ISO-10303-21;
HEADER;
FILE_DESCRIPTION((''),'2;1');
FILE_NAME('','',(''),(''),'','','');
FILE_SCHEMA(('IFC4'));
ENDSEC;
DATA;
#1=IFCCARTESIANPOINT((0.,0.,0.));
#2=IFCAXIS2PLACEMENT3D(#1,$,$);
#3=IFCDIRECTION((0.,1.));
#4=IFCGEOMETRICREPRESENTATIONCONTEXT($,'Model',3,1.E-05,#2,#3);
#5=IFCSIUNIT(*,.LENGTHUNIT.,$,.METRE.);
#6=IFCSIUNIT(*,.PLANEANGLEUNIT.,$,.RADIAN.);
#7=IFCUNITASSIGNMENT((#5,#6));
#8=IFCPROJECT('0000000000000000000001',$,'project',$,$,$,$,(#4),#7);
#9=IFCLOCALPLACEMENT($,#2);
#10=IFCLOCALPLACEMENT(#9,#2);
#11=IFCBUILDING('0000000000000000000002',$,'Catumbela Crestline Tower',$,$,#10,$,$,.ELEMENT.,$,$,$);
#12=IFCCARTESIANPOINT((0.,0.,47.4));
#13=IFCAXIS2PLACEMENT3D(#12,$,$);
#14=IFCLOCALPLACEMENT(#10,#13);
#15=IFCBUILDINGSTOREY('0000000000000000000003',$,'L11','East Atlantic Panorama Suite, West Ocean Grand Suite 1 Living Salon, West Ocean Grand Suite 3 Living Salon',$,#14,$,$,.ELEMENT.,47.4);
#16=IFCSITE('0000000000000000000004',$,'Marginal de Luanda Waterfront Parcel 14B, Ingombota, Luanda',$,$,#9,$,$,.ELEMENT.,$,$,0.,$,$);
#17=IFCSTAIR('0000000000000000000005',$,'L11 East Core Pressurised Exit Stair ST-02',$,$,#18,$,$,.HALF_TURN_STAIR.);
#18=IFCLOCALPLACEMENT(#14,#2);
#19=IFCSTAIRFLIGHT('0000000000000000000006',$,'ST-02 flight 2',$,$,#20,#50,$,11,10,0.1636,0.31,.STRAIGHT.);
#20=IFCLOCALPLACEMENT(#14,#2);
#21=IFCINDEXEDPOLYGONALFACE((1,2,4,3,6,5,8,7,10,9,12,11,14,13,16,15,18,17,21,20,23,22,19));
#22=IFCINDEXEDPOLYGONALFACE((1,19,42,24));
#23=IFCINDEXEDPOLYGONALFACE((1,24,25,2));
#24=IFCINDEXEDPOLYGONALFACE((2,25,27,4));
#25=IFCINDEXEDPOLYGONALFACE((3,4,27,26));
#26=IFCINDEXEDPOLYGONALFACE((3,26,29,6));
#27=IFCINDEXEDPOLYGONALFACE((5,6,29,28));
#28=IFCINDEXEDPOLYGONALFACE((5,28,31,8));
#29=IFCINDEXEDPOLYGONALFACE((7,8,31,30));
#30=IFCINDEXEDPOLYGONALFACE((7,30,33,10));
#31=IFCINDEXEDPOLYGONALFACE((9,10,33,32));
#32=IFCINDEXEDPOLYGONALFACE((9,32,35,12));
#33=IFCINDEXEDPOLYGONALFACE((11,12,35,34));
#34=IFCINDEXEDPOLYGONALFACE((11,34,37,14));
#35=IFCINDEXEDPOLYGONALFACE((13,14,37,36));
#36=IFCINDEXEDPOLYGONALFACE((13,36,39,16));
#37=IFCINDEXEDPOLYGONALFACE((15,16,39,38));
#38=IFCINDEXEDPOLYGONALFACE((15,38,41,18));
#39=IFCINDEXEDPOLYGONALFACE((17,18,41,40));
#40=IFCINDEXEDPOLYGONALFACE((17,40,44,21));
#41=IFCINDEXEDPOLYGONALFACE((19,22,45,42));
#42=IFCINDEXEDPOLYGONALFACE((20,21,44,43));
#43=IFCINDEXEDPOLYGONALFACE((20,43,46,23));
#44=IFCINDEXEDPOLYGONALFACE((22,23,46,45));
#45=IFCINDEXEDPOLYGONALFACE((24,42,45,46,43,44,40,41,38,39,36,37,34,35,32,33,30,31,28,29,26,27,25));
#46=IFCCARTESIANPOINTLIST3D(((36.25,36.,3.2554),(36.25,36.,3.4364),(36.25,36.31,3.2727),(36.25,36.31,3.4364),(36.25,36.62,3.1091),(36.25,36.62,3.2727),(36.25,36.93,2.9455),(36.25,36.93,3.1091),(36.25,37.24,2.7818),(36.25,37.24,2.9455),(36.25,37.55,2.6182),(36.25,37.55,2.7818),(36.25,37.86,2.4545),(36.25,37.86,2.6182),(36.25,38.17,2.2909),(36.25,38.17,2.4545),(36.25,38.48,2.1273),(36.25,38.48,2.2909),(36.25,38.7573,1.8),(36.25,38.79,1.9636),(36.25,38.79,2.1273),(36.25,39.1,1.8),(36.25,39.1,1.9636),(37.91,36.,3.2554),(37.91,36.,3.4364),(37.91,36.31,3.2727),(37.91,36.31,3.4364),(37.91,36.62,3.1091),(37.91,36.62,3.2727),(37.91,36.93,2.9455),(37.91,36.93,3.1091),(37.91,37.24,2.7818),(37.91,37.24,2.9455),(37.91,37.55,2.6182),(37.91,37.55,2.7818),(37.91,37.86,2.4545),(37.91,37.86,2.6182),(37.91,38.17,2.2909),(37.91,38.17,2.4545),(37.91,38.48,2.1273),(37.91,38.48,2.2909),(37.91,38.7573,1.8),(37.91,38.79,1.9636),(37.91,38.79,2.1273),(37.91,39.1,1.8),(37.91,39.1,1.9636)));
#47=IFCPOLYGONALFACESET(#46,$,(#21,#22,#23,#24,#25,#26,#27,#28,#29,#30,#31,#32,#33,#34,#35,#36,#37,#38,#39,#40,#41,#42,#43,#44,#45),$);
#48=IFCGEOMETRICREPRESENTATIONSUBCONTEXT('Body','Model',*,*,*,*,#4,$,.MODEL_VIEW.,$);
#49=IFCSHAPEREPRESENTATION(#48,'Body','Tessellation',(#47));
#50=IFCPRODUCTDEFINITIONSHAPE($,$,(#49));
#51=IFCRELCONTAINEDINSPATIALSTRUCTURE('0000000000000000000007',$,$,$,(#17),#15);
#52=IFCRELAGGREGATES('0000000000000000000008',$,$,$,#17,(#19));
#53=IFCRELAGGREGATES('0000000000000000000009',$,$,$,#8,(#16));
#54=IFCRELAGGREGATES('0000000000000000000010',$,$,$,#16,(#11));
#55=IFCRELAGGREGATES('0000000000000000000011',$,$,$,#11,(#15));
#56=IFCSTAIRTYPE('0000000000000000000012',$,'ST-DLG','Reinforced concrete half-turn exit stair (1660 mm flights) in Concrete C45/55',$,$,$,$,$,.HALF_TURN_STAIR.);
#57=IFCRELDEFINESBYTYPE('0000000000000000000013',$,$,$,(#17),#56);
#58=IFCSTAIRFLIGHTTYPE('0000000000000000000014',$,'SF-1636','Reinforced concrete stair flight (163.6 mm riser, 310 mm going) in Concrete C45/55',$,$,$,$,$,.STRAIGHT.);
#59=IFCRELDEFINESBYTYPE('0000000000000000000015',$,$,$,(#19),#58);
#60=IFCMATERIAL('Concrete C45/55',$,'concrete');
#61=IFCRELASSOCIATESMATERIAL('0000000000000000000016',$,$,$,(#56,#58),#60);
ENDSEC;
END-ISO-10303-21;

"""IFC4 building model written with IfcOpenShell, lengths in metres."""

from ifc_helpers import new_model, si_unit, direction, frame, origin, place, context, subcontext, project, spatial, polyline, outline, extrude, material, type_object, element, aggregate, save


model = new_model("IFC4")

# Units and contexts
model_context = context("Model", 3, precision=1e-05, world=origin(), true_north=direction((0.0, 1.0)))
body_context = subcontext(model_context, "Body", "Model", "MODEL_VIEW")
ifc_project = project(units=[si_unit("LENGTHUNIT", "METRE"), si_unit("PLANEANGLEUNIT", "RADIAN")], contexts=[model_context])

# Site, building, storey
site_placement = place(None, origin())
site = spatial("IfcSite", under=ifc_project, at=site_placement, Name="Marginal de Luanda Waterfront Parcel 14B, Ingombota, Luanda", CompositionType="ELEMENT", RefElevation=0.0)
building_placement = place(site_placement, origin())
building = spatial("IfcBuilding", under=site, at=building_placement, Name="Catumbela Crestline Tower", CompositionType="ELEMENT")
storey_placement = place(building_placement, frame((0.0, 0.0, 47.4)))
storey = spatial("IfcBuildingStorey", under=building, at=storey_placement, Name="L11", Description="East Atlantic Panorama Suite, West Ocean Grand Suite 1 Living Salon, West Ocean Grand Suite 3 Living Salon", CompositionType="ELEMENT", Elevation=47.4)

# Stair, stair flight
ifc_material_1 = material(Name="Concrete C45/55", Category="concrete")
stair_type = type_object("IfcStairType", Name="ST-DLG", Description="Reinforced concrete half-turn exit stair (1660 mm flights) in Concrete C45/55", PredefinedType="HALF_TURN_STAIR", material=ifc_material_1)
stair_placement = place(storey_placement, origin())
stair = element("IfcStair", 1, at=stair_placement, inside=storey, type_object=stair_type, Name="L11 East Core Pressurised Exit Stair ST-02", PredefinedType="HALF_TURN_STAIR")
stair_flight_type = type_object("IfcStairFlightType", Name="SF-1636", Description="Reinforced concrete stair flight (163.6 mm riser, 310 mm going) in Concrete C45/55", PredefinedType="STRAIGHT", material=ifc_material_1)
stair_flight_1_placement = place(storey_placement, frame((37.08, 39.1, 1.8), z_axis=(0.0, 0.0, 1.0), x_axis=(0.0, -1.0, 0.0)))
stair_flight_1 = element("IfcStairFlight", 2, at=stair_flight_1_placement, type_object=stair_flight_type, Name="ST-02 flight 2", NumberOfRisers=11, NumberOfTreads=10, PredefinedType="STRAIGHT", RiserHeight=0.1636, TreadLength=0.31, context=body_context, shape_type="SweptSolid", body=[
    extrude(outline(polyline([(0.0, 0.0), (0.0, 0.1636), (0.31, 0.1636), (0.31, 0.3273), (0.62, 0.3273), (0.62, 0.4909), (0.93, 0.4909), (0.93, 0.6545), (1.24, 0.6545), (1.24, 0.8182), (1.55, 0.8182), (1.55, 0.9818), (1.86, 0.9818), (1.86, 1.1455), (2.17, 1.1455), (2.17, 1.3091), (2.48, 1.3091), (2.48, 1.4727), (2.79, 1.4727), (2.79, 1.6364), (3.1, 1.6364), (3.1, 1.8), (3.1, 1.4554), (0.3427, 0.0), (0.0, 0.0)])), frame((0.0, 0.83, 0.0), z_axis=(0.0, -1.0, 0.0), x_axis=(1.0, 0.0, 0.0)), (0.0, 0.0, 1.0), 1.66),
])
aggregate(stair, [stair_flight_1])

save(model, "model.ifc")
